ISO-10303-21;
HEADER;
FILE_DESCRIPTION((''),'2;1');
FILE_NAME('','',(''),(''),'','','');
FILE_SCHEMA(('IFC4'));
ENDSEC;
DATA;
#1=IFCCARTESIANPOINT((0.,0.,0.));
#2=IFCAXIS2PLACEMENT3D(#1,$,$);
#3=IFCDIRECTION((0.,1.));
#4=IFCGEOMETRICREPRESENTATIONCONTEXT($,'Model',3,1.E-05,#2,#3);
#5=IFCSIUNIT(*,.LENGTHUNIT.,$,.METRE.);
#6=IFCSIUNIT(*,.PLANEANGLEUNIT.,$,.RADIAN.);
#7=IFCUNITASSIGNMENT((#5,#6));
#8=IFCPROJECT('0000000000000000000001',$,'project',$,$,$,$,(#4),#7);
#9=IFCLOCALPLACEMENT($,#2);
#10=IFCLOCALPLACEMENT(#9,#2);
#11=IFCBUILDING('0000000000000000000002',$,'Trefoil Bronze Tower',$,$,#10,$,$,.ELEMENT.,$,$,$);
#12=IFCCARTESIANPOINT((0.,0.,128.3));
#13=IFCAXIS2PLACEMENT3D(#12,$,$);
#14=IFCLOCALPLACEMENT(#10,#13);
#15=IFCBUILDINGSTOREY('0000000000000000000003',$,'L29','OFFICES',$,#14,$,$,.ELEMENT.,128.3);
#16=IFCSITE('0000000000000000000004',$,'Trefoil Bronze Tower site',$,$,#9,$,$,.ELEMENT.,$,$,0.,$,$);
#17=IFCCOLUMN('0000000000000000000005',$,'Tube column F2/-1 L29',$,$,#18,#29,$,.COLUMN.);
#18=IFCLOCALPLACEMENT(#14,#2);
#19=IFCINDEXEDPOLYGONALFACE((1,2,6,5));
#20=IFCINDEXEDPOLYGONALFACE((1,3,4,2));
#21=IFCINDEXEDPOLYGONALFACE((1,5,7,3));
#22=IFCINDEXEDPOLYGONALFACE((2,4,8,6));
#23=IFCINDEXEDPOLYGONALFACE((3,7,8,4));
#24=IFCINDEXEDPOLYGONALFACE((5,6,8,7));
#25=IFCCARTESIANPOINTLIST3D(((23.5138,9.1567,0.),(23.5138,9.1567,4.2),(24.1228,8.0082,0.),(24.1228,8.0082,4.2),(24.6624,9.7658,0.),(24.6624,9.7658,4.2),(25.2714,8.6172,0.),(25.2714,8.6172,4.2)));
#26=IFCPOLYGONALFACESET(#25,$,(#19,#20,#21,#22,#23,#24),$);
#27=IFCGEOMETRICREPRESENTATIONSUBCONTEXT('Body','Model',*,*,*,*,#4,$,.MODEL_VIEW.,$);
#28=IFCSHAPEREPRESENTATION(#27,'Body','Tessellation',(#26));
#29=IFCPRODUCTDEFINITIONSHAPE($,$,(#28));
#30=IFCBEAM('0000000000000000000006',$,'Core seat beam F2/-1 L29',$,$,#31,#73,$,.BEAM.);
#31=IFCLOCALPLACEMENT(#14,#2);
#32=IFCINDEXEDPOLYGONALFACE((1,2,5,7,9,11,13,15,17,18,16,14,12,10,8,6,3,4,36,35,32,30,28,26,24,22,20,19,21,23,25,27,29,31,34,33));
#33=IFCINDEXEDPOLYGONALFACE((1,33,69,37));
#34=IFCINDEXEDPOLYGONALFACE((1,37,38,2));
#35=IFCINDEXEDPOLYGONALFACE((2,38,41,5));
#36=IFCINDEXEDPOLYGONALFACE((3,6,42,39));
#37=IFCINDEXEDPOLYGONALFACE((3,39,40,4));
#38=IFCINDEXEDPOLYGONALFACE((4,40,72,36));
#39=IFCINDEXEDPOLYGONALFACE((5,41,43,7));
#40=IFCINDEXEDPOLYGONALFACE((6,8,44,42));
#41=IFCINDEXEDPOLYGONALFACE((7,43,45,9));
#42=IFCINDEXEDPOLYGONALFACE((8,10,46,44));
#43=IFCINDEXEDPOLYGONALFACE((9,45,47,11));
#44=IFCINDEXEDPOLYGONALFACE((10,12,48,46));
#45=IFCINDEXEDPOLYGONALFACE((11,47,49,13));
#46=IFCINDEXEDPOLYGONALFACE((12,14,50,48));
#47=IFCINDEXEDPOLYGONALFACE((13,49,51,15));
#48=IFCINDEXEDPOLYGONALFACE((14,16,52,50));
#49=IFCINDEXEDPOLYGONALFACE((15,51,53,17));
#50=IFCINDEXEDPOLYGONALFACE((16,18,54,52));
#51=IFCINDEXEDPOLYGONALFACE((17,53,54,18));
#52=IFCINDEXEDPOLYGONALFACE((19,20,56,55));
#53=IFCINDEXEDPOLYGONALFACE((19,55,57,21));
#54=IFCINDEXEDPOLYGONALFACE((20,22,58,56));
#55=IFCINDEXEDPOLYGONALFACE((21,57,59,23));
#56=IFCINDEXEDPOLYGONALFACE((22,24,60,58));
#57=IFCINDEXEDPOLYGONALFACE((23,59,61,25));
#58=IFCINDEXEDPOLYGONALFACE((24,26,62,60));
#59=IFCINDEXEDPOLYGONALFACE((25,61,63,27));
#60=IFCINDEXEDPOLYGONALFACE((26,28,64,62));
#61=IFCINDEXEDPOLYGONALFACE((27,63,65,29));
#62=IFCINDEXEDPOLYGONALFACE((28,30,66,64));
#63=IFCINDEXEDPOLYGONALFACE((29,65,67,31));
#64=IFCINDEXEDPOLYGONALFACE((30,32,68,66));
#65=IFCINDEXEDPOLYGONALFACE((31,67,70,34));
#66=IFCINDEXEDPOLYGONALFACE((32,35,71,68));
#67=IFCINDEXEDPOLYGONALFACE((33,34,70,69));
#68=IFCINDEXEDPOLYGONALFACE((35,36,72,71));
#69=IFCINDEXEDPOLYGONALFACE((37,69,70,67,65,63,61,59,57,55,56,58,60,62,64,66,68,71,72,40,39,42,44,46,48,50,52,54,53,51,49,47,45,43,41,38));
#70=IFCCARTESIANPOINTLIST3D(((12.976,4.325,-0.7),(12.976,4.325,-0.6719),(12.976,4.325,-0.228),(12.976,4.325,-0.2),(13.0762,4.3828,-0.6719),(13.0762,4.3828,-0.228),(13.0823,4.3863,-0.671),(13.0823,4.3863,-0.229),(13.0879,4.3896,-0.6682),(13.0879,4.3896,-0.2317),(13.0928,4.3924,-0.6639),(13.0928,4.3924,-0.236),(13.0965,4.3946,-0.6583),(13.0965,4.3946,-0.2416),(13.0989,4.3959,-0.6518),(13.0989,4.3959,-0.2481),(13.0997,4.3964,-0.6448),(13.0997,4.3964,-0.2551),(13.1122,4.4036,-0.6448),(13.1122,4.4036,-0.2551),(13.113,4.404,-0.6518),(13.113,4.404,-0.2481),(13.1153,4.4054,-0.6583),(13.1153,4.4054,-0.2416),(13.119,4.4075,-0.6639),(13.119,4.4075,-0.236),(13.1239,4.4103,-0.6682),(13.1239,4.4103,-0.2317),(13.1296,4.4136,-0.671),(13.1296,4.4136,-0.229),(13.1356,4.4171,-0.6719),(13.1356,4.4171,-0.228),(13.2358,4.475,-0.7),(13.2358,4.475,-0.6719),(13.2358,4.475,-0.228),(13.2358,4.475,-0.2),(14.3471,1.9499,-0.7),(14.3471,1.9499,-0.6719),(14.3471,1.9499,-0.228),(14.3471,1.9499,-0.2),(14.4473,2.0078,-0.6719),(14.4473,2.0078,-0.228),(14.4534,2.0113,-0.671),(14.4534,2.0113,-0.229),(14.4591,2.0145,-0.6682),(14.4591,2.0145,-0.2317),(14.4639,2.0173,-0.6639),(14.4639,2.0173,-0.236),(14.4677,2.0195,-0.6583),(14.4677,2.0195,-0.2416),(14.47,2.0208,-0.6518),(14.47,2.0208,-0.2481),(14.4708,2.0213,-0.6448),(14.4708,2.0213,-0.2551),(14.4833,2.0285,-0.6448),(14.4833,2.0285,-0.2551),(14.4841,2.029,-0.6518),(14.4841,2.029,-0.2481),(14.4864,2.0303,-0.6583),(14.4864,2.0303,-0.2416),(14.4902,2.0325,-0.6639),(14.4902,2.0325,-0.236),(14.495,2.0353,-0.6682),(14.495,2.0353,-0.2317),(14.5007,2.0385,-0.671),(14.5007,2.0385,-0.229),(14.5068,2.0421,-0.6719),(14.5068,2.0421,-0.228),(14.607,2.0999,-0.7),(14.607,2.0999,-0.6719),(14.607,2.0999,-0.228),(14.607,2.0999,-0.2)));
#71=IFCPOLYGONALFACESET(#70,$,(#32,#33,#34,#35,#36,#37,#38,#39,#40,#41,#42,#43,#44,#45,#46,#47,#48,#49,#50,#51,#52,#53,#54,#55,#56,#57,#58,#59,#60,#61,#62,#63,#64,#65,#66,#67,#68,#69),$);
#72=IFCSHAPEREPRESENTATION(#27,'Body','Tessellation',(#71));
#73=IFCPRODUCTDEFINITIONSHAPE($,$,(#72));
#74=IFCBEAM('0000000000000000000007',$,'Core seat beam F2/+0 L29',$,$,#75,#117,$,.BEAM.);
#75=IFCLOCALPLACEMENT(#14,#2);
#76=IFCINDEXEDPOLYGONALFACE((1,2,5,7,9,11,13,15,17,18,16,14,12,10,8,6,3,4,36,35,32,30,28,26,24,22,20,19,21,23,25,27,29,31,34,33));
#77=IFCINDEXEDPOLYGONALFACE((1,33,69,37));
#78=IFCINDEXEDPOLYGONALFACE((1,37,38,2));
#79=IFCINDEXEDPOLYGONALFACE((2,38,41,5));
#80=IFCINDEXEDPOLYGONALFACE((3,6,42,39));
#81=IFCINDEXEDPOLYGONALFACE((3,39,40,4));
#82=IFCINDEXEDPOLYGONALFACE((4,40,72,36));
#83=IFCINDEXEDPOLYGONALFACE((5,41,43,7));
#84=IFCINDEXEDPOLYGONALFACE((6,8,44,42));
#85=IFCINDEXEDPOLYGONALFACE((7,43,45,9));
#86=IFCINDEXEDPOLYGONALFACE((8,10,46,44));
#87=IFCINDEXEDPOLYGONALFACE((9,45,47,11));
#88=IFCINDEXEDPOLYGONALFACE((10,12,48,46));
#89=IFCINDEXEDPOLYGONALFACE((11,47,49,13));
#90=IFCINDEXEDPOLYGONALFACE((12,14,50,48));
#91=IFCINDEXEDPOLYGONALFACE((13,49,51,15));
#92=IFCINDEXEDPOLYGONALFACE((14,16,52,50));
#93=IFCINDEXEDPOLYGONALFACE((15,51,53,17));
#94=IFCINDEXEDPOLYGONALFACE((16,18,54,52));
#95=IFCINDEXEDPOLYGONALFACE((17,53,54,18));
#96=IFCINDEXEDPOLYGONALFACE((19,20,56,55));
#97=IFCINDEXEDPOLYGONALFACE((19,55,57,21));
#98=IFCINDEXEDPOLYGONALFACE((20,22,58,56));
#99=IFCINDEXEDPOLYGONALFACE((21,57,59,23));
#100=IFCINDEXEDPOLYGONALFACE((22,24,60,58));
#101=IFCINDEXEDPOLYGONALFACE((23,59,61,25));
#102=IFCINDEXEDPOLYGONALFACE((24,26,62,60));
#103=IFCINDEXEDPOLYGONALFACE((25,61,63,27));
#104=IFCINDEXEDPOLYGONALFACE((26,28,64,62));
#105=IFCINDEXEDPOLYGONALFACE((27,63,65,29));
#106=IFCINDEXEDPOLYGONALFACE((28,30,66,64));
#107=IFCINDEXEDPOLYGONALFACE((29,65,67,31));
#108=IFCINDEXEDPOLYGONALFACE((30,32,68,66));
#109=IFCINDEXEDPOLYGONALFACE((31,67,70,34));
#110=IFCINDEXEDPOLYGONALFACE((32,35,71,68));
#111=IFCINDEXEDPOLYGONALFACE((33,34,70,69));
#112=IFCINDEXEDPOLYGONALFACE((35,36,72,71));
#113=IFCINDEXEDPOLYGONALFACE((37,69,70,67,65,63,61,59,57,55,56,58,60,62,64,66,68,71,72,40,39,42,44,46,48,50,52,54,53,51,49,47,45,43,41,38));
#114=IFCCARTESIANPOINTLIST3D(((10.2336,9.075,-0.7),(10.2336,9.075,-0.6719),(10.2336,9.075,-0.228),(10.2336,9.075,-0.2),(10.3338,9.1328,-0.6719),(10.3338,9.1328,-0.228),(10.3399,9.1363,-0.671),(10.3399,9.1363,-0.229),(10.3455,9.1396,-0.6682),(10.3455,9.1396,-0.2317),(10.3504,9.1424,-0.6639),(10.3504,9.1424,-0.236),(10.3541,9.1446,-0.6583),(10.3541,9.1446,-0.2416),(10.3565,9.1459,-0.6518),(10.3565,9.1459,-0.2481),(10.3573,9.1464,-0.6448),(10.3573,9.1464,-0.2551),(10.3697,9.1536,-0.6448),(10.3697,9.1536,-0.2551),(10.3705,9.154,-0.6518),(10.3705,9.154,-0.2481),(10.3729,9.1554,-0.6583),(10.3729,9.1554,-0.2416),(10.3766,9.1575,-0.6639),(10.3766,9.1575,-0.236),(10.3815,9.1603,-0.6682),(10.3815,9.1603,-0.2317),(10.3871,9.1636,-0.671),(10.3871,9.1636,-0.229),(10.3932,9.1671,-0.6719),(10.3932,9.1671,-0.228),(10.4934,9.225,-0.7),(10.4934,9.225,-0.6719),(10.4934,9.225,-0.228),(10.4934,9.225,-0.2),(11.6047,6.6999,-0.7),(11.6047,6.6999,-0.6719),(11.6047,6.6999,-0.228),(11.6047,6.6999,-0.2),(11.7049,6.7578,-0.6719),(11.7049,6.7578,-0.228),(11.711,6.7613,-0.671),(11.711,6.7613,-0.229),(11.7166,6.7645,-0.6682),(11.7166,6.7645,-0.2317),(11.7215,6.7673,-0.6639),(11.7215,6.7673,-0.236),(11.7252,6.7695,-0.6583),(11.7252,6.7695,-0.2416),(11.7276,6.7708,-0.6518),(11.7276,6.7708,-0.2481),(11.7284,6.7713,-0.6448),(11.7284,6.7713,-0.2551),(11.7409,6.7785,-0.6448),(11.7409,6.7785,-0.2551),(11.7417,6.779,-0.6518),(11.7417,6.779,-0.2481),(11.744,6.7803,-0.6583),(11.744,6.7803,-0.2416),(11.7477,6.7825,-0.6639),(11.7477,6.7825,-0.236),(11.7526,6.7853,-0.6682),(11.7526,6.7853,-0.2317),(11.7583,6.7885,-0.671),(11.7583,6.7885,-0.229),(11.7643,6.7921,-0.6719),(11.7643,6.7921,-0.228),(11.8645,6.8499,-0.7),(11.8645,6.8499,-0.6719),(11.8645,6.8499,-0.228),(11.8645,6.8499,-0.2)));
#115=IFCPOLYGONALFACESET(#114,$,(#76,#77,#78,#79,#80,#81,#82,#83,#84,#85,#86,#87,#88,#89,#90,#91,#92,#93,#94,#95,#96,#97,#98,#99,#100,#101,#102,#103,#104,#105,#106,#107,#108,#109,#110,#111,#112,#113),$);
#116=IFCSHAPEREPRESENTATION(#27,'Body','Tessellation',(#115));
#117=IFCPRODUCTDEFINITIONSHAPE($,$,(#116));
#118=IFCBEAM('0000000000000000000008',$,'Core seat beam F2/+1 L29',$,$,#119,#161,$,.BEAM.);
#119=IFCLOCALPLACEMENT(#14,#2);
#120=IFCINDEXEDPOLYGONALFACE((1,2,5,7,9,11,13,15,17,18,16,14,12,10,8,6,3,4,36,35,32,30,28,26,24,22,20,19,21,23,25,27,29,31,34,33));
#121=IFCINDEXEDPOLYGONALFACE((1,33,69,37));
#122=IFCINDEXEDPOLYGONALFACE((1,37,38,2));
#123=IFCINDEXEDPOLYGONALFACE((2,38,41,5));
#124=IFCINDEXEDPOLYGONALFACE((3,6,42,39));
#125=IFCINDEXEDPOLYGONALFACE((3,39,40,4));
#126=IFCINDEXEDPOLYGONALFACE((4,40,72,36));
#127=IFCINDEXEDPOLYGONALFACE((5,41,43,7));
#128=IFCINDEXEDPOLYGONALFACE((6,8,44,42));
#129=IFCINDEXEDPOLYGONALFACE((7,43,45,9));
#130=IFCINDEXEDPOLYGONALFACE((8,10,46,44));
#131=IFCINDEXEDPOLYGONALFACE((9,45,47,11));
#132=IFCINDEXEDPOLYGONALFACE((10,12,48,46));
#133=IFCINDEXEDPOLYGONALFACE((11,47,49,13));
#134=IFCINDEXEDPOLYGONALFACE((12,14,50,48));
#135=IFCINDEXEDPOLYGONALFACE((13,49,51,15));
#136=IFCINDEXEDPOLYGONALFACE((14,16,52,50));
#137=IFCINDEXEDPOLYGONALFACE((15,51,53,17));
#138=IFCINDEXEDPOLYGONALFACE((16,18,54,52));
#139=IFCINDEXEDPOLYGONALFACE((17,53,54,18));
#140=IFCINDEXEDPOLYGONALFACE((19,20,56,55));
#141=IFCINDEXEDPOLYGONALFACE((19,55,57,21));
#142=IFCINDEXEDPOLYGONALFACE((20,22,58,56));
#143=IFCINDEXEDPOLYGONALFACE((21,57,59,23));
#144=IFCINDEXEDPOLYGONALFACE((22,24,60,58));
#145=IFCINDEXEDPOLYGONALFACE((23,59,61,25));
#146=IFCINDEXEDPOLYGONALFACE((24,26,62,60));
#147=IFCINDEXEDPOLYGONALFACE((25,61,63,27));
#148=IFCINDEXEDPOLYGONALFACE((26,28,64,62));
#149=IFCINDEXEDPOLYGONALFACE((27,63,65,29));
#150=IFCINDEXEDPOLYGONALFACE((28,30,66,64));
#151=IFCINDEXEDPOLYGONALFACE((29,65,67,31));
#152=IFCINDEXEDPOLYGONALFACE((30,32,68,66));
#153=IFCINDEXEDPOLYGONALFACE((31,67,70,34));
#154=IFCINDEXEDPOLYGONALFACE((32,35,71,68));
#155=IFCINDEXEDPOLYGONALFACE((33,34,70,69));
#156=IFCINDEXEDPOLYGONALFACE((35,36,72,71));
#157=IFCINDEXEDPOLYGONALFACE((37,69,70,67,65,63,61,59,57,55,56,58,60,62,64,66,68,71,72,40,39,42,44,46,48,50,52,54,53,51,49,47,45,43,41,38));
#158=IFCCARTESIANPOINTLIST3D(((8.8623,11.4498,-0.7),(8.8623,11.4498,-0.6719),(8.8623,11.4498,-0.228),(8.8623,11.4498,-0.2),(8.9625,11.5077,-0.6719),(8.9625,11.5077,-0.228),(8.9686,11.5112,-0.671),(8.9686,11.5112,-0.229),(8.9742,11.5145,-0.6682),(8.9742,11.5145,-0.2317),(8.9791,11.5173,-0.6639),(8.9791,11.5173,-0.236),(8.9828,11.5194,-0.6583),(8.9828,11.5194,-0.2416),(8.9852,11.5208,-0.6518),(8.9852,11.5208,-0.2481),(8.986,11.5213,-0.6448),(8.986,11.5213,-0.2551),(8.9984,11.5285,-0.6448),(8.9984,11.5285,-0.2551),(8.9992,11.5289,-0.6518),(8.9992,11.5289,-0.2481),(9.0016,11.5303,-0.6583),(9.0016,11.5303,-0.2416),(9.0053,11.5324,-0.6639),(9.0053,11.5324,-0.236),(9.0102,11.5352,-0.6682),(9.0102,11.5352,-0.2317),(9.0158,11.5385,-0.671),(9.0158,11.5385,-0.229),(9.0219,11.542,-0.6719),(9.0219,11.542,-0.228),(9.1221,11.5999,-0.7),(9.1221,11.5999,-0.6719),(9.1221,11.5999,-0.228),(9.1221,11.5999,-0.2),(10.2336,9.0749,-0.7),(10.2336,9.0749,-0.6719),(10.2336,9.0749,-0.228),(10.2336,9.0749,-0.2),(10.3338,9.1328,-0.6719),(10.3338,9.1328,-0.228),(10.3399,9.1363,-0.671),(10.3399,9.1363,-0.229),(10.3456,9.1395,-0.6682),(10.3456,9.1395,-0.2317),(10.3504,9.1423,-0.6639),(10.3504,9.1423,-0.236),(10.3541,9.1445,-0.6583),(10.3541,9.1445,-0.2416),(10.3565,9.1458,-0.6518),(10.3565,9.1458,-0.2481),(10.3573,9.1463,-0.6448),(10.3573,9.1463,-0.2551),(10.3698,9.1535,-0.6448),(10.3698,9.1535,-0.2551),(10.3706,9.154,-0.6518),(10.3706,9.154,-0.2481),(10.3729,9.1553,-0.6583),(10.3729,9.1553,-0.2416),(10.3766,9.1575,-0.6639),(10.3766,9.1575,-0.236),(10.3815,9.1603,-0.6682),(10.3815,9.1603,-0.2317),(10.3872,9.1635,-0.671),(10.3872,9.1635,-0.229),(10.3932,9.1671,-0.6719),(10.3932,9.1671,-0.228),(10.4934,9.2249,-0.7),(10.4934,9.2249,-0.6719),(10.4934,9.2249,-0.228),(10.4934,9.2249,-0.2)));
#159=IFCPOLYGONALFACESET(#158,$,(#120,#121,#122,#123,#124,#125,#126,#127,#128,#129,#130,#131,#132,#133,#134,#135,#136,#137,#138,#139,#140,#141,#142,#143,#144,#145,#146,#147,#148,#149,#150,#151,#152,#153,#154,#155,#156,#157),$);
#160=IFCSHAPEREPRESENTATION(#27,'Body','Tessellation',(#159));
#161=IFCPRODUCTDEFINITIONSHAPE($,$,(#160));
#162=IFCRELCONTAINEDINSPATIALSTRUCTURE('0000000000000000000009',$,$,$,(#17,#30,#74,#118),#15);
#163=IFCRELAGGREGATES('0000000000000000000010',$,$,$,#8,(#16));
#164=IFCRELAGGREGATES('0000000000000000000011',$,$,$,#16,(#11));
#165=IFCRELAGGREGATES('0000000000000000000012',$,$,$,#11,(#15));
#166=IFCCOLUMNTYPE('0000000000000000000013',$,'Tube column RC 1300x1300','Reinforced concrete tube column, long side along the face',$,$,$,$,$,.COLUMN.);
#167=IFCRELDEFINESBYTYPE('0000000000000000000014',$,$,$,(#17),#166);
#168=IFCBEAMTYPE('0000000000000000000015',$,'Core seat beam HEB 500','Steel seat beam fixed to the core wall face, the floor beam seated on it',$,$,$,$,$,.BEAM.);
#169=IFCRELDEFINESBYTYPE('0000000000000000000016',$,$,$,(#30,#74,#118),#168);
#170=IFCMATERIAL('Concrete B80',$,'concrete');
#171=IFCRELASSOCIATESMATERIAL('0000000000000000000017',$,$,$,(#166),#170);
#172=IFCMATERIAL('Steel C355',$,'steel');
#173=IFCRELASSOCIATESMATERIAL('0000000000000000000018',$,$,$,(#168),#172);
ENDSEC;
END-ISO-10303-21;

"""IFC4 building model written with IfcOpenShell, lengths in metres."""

from ifc_helpers import new_model, si_unit, direction, frame, origin, origin_2d, place, context, subcontext, project, spatial, rectangle, i_section, extrude, material, material_profile, profile_set, type_object, element, save


model = new_model("IFC4")

# Units and contexts
model_context = context("Model", 3, precision=1e-05, world=origin(), true_north=direction((0.0, 1.0)))
body_context = subcontext(model_context, "Body", "Model", "MODEL_VIEW")
ifc_project = project(units=[si_unit("LENGTHUNIT", "METRE"), si_unit("PLANEANGLEUNIT", "RADIAN")], contexts=[model_context])

# Site, building, storey
site_placement = place(None, origin())
site = spatial("IfcSite", under=ifc_project, at=site_placement, Name="Trefoil Bronze Tower site", CompositionType="ELEMENT", RefElevation=0.0)
building_placement = place(site_placement, origin())
building = spatial("IfcBuilding", under=site, at=building_placement, Name="Trefoil Bronze Tower", CompositionType="ELEMENT")
storey_placement = place(building_placement, frame((0.0, 0.0, 128.3)))
storey = spatial("IfcBuildingStorey", under=building, at=storey_placement, Name="L29", Description="OFFICES", CompositionType="ELEMENT", Elevation=128.3)

# Column
ifc_material_1 = material(Name="Concrete B80", Category="concrete")
ifc_material_profile_1 = material_profile(ifc_material_1, rectangle(XDim=1.3, YDim=1.3, at=origin_2d()), Name="RC 1300x1300")
ifc_profile_set_1 = profile_set([ifc_material_profile_1], Name="Concrete B80")
column_type = type_object("IfcColumnType", Name="Tube column RC 1300x1300", Description="Reinforced concrete tube column, long side along the face", PredefinedType="COLUMN", material=ifc_profile_set_1)
column_placement = place(storey_placement, frame((24.3926, 8.887, 0.0), z_axis=(0.0, 0.0, 1.0), x_axis=(-0.468457, 0.883486, 0.0)))
element("IfcColumn", 1, at=column_placement, inside=storey, type_object=column_type, Name="Tube column F2/-1 L29", PredefinedType="COLUMN", context=body_context, shape_type="SweptSolid", body=[
    extrude(rectangle(XDim=1.3, YDim=1.3, at=origin_2d()), origin(), (0.0, 0.0, 1.0), 4.2),
])

# Beams
ifc_material_2 = material(Name="Steel C355", Category="steel")
ifc_material_profile_2 = material_profile(ifc_material_2, i_section(OverallWidth=0.3, OverallDepth=0.5, WebThickness=0.0144, FlangeThickness=0.0281, FilletRadius=0.0271, at=origin_2d()), Name="HEB 500")
ifc_profile_set_2 = profile_set([ifc_material_profile_2], Name="Steel C355")
beam_type_1 = type_object("IfcBeamType", Name="Core seat beam HEB 500", Description="Steel seat beam fixed to the core wall face, the floor beam seated on it", PredefinedType="BEAM", material=ifc_profile_set_2)
for number, where, z_axis, x_axis, name in (
    (2, (14.4771, 2.0249, -0.45), (-0.499969, 0.866043, 0.0), (-0.866043, -0.499969, 0.0), "Core seat beam F2/-1 L29"),
    (3, (11.7346, 6.7749, -0.45), (-0.499969, 0.866043, 0.0), (-0.866043, -0.499969, 0.0), "Core seat beam F2/+0 L29"),
    (4, (10.3635, 9.1499, -0.45), (-0.500036, 0.866005, 0.0), (-0.866005, -0.500036, 0.0), "Core seat beam F2/+1 L29"),
):
    element("IfcBeam", number, at=place(storey_placement, frame(where, z_axis=z_axis, x_axis=x_axis)), inside=storey, type_object=beam_type_1, Name=name, PredefinedType="BEAM", context=body_context, shape_type="SweptSolid", body=[
        extrude(i_section(OverallWidth=0.3, OverallDepth=0.5, WebThickness=0.0144, FlangeThickness=0.0281, FilletRadius=0.0271, at=origin_2d()), origin(), (0.0, 0.0, 1.0), 2.7424),
    ])

save(model, "model.ifc")
